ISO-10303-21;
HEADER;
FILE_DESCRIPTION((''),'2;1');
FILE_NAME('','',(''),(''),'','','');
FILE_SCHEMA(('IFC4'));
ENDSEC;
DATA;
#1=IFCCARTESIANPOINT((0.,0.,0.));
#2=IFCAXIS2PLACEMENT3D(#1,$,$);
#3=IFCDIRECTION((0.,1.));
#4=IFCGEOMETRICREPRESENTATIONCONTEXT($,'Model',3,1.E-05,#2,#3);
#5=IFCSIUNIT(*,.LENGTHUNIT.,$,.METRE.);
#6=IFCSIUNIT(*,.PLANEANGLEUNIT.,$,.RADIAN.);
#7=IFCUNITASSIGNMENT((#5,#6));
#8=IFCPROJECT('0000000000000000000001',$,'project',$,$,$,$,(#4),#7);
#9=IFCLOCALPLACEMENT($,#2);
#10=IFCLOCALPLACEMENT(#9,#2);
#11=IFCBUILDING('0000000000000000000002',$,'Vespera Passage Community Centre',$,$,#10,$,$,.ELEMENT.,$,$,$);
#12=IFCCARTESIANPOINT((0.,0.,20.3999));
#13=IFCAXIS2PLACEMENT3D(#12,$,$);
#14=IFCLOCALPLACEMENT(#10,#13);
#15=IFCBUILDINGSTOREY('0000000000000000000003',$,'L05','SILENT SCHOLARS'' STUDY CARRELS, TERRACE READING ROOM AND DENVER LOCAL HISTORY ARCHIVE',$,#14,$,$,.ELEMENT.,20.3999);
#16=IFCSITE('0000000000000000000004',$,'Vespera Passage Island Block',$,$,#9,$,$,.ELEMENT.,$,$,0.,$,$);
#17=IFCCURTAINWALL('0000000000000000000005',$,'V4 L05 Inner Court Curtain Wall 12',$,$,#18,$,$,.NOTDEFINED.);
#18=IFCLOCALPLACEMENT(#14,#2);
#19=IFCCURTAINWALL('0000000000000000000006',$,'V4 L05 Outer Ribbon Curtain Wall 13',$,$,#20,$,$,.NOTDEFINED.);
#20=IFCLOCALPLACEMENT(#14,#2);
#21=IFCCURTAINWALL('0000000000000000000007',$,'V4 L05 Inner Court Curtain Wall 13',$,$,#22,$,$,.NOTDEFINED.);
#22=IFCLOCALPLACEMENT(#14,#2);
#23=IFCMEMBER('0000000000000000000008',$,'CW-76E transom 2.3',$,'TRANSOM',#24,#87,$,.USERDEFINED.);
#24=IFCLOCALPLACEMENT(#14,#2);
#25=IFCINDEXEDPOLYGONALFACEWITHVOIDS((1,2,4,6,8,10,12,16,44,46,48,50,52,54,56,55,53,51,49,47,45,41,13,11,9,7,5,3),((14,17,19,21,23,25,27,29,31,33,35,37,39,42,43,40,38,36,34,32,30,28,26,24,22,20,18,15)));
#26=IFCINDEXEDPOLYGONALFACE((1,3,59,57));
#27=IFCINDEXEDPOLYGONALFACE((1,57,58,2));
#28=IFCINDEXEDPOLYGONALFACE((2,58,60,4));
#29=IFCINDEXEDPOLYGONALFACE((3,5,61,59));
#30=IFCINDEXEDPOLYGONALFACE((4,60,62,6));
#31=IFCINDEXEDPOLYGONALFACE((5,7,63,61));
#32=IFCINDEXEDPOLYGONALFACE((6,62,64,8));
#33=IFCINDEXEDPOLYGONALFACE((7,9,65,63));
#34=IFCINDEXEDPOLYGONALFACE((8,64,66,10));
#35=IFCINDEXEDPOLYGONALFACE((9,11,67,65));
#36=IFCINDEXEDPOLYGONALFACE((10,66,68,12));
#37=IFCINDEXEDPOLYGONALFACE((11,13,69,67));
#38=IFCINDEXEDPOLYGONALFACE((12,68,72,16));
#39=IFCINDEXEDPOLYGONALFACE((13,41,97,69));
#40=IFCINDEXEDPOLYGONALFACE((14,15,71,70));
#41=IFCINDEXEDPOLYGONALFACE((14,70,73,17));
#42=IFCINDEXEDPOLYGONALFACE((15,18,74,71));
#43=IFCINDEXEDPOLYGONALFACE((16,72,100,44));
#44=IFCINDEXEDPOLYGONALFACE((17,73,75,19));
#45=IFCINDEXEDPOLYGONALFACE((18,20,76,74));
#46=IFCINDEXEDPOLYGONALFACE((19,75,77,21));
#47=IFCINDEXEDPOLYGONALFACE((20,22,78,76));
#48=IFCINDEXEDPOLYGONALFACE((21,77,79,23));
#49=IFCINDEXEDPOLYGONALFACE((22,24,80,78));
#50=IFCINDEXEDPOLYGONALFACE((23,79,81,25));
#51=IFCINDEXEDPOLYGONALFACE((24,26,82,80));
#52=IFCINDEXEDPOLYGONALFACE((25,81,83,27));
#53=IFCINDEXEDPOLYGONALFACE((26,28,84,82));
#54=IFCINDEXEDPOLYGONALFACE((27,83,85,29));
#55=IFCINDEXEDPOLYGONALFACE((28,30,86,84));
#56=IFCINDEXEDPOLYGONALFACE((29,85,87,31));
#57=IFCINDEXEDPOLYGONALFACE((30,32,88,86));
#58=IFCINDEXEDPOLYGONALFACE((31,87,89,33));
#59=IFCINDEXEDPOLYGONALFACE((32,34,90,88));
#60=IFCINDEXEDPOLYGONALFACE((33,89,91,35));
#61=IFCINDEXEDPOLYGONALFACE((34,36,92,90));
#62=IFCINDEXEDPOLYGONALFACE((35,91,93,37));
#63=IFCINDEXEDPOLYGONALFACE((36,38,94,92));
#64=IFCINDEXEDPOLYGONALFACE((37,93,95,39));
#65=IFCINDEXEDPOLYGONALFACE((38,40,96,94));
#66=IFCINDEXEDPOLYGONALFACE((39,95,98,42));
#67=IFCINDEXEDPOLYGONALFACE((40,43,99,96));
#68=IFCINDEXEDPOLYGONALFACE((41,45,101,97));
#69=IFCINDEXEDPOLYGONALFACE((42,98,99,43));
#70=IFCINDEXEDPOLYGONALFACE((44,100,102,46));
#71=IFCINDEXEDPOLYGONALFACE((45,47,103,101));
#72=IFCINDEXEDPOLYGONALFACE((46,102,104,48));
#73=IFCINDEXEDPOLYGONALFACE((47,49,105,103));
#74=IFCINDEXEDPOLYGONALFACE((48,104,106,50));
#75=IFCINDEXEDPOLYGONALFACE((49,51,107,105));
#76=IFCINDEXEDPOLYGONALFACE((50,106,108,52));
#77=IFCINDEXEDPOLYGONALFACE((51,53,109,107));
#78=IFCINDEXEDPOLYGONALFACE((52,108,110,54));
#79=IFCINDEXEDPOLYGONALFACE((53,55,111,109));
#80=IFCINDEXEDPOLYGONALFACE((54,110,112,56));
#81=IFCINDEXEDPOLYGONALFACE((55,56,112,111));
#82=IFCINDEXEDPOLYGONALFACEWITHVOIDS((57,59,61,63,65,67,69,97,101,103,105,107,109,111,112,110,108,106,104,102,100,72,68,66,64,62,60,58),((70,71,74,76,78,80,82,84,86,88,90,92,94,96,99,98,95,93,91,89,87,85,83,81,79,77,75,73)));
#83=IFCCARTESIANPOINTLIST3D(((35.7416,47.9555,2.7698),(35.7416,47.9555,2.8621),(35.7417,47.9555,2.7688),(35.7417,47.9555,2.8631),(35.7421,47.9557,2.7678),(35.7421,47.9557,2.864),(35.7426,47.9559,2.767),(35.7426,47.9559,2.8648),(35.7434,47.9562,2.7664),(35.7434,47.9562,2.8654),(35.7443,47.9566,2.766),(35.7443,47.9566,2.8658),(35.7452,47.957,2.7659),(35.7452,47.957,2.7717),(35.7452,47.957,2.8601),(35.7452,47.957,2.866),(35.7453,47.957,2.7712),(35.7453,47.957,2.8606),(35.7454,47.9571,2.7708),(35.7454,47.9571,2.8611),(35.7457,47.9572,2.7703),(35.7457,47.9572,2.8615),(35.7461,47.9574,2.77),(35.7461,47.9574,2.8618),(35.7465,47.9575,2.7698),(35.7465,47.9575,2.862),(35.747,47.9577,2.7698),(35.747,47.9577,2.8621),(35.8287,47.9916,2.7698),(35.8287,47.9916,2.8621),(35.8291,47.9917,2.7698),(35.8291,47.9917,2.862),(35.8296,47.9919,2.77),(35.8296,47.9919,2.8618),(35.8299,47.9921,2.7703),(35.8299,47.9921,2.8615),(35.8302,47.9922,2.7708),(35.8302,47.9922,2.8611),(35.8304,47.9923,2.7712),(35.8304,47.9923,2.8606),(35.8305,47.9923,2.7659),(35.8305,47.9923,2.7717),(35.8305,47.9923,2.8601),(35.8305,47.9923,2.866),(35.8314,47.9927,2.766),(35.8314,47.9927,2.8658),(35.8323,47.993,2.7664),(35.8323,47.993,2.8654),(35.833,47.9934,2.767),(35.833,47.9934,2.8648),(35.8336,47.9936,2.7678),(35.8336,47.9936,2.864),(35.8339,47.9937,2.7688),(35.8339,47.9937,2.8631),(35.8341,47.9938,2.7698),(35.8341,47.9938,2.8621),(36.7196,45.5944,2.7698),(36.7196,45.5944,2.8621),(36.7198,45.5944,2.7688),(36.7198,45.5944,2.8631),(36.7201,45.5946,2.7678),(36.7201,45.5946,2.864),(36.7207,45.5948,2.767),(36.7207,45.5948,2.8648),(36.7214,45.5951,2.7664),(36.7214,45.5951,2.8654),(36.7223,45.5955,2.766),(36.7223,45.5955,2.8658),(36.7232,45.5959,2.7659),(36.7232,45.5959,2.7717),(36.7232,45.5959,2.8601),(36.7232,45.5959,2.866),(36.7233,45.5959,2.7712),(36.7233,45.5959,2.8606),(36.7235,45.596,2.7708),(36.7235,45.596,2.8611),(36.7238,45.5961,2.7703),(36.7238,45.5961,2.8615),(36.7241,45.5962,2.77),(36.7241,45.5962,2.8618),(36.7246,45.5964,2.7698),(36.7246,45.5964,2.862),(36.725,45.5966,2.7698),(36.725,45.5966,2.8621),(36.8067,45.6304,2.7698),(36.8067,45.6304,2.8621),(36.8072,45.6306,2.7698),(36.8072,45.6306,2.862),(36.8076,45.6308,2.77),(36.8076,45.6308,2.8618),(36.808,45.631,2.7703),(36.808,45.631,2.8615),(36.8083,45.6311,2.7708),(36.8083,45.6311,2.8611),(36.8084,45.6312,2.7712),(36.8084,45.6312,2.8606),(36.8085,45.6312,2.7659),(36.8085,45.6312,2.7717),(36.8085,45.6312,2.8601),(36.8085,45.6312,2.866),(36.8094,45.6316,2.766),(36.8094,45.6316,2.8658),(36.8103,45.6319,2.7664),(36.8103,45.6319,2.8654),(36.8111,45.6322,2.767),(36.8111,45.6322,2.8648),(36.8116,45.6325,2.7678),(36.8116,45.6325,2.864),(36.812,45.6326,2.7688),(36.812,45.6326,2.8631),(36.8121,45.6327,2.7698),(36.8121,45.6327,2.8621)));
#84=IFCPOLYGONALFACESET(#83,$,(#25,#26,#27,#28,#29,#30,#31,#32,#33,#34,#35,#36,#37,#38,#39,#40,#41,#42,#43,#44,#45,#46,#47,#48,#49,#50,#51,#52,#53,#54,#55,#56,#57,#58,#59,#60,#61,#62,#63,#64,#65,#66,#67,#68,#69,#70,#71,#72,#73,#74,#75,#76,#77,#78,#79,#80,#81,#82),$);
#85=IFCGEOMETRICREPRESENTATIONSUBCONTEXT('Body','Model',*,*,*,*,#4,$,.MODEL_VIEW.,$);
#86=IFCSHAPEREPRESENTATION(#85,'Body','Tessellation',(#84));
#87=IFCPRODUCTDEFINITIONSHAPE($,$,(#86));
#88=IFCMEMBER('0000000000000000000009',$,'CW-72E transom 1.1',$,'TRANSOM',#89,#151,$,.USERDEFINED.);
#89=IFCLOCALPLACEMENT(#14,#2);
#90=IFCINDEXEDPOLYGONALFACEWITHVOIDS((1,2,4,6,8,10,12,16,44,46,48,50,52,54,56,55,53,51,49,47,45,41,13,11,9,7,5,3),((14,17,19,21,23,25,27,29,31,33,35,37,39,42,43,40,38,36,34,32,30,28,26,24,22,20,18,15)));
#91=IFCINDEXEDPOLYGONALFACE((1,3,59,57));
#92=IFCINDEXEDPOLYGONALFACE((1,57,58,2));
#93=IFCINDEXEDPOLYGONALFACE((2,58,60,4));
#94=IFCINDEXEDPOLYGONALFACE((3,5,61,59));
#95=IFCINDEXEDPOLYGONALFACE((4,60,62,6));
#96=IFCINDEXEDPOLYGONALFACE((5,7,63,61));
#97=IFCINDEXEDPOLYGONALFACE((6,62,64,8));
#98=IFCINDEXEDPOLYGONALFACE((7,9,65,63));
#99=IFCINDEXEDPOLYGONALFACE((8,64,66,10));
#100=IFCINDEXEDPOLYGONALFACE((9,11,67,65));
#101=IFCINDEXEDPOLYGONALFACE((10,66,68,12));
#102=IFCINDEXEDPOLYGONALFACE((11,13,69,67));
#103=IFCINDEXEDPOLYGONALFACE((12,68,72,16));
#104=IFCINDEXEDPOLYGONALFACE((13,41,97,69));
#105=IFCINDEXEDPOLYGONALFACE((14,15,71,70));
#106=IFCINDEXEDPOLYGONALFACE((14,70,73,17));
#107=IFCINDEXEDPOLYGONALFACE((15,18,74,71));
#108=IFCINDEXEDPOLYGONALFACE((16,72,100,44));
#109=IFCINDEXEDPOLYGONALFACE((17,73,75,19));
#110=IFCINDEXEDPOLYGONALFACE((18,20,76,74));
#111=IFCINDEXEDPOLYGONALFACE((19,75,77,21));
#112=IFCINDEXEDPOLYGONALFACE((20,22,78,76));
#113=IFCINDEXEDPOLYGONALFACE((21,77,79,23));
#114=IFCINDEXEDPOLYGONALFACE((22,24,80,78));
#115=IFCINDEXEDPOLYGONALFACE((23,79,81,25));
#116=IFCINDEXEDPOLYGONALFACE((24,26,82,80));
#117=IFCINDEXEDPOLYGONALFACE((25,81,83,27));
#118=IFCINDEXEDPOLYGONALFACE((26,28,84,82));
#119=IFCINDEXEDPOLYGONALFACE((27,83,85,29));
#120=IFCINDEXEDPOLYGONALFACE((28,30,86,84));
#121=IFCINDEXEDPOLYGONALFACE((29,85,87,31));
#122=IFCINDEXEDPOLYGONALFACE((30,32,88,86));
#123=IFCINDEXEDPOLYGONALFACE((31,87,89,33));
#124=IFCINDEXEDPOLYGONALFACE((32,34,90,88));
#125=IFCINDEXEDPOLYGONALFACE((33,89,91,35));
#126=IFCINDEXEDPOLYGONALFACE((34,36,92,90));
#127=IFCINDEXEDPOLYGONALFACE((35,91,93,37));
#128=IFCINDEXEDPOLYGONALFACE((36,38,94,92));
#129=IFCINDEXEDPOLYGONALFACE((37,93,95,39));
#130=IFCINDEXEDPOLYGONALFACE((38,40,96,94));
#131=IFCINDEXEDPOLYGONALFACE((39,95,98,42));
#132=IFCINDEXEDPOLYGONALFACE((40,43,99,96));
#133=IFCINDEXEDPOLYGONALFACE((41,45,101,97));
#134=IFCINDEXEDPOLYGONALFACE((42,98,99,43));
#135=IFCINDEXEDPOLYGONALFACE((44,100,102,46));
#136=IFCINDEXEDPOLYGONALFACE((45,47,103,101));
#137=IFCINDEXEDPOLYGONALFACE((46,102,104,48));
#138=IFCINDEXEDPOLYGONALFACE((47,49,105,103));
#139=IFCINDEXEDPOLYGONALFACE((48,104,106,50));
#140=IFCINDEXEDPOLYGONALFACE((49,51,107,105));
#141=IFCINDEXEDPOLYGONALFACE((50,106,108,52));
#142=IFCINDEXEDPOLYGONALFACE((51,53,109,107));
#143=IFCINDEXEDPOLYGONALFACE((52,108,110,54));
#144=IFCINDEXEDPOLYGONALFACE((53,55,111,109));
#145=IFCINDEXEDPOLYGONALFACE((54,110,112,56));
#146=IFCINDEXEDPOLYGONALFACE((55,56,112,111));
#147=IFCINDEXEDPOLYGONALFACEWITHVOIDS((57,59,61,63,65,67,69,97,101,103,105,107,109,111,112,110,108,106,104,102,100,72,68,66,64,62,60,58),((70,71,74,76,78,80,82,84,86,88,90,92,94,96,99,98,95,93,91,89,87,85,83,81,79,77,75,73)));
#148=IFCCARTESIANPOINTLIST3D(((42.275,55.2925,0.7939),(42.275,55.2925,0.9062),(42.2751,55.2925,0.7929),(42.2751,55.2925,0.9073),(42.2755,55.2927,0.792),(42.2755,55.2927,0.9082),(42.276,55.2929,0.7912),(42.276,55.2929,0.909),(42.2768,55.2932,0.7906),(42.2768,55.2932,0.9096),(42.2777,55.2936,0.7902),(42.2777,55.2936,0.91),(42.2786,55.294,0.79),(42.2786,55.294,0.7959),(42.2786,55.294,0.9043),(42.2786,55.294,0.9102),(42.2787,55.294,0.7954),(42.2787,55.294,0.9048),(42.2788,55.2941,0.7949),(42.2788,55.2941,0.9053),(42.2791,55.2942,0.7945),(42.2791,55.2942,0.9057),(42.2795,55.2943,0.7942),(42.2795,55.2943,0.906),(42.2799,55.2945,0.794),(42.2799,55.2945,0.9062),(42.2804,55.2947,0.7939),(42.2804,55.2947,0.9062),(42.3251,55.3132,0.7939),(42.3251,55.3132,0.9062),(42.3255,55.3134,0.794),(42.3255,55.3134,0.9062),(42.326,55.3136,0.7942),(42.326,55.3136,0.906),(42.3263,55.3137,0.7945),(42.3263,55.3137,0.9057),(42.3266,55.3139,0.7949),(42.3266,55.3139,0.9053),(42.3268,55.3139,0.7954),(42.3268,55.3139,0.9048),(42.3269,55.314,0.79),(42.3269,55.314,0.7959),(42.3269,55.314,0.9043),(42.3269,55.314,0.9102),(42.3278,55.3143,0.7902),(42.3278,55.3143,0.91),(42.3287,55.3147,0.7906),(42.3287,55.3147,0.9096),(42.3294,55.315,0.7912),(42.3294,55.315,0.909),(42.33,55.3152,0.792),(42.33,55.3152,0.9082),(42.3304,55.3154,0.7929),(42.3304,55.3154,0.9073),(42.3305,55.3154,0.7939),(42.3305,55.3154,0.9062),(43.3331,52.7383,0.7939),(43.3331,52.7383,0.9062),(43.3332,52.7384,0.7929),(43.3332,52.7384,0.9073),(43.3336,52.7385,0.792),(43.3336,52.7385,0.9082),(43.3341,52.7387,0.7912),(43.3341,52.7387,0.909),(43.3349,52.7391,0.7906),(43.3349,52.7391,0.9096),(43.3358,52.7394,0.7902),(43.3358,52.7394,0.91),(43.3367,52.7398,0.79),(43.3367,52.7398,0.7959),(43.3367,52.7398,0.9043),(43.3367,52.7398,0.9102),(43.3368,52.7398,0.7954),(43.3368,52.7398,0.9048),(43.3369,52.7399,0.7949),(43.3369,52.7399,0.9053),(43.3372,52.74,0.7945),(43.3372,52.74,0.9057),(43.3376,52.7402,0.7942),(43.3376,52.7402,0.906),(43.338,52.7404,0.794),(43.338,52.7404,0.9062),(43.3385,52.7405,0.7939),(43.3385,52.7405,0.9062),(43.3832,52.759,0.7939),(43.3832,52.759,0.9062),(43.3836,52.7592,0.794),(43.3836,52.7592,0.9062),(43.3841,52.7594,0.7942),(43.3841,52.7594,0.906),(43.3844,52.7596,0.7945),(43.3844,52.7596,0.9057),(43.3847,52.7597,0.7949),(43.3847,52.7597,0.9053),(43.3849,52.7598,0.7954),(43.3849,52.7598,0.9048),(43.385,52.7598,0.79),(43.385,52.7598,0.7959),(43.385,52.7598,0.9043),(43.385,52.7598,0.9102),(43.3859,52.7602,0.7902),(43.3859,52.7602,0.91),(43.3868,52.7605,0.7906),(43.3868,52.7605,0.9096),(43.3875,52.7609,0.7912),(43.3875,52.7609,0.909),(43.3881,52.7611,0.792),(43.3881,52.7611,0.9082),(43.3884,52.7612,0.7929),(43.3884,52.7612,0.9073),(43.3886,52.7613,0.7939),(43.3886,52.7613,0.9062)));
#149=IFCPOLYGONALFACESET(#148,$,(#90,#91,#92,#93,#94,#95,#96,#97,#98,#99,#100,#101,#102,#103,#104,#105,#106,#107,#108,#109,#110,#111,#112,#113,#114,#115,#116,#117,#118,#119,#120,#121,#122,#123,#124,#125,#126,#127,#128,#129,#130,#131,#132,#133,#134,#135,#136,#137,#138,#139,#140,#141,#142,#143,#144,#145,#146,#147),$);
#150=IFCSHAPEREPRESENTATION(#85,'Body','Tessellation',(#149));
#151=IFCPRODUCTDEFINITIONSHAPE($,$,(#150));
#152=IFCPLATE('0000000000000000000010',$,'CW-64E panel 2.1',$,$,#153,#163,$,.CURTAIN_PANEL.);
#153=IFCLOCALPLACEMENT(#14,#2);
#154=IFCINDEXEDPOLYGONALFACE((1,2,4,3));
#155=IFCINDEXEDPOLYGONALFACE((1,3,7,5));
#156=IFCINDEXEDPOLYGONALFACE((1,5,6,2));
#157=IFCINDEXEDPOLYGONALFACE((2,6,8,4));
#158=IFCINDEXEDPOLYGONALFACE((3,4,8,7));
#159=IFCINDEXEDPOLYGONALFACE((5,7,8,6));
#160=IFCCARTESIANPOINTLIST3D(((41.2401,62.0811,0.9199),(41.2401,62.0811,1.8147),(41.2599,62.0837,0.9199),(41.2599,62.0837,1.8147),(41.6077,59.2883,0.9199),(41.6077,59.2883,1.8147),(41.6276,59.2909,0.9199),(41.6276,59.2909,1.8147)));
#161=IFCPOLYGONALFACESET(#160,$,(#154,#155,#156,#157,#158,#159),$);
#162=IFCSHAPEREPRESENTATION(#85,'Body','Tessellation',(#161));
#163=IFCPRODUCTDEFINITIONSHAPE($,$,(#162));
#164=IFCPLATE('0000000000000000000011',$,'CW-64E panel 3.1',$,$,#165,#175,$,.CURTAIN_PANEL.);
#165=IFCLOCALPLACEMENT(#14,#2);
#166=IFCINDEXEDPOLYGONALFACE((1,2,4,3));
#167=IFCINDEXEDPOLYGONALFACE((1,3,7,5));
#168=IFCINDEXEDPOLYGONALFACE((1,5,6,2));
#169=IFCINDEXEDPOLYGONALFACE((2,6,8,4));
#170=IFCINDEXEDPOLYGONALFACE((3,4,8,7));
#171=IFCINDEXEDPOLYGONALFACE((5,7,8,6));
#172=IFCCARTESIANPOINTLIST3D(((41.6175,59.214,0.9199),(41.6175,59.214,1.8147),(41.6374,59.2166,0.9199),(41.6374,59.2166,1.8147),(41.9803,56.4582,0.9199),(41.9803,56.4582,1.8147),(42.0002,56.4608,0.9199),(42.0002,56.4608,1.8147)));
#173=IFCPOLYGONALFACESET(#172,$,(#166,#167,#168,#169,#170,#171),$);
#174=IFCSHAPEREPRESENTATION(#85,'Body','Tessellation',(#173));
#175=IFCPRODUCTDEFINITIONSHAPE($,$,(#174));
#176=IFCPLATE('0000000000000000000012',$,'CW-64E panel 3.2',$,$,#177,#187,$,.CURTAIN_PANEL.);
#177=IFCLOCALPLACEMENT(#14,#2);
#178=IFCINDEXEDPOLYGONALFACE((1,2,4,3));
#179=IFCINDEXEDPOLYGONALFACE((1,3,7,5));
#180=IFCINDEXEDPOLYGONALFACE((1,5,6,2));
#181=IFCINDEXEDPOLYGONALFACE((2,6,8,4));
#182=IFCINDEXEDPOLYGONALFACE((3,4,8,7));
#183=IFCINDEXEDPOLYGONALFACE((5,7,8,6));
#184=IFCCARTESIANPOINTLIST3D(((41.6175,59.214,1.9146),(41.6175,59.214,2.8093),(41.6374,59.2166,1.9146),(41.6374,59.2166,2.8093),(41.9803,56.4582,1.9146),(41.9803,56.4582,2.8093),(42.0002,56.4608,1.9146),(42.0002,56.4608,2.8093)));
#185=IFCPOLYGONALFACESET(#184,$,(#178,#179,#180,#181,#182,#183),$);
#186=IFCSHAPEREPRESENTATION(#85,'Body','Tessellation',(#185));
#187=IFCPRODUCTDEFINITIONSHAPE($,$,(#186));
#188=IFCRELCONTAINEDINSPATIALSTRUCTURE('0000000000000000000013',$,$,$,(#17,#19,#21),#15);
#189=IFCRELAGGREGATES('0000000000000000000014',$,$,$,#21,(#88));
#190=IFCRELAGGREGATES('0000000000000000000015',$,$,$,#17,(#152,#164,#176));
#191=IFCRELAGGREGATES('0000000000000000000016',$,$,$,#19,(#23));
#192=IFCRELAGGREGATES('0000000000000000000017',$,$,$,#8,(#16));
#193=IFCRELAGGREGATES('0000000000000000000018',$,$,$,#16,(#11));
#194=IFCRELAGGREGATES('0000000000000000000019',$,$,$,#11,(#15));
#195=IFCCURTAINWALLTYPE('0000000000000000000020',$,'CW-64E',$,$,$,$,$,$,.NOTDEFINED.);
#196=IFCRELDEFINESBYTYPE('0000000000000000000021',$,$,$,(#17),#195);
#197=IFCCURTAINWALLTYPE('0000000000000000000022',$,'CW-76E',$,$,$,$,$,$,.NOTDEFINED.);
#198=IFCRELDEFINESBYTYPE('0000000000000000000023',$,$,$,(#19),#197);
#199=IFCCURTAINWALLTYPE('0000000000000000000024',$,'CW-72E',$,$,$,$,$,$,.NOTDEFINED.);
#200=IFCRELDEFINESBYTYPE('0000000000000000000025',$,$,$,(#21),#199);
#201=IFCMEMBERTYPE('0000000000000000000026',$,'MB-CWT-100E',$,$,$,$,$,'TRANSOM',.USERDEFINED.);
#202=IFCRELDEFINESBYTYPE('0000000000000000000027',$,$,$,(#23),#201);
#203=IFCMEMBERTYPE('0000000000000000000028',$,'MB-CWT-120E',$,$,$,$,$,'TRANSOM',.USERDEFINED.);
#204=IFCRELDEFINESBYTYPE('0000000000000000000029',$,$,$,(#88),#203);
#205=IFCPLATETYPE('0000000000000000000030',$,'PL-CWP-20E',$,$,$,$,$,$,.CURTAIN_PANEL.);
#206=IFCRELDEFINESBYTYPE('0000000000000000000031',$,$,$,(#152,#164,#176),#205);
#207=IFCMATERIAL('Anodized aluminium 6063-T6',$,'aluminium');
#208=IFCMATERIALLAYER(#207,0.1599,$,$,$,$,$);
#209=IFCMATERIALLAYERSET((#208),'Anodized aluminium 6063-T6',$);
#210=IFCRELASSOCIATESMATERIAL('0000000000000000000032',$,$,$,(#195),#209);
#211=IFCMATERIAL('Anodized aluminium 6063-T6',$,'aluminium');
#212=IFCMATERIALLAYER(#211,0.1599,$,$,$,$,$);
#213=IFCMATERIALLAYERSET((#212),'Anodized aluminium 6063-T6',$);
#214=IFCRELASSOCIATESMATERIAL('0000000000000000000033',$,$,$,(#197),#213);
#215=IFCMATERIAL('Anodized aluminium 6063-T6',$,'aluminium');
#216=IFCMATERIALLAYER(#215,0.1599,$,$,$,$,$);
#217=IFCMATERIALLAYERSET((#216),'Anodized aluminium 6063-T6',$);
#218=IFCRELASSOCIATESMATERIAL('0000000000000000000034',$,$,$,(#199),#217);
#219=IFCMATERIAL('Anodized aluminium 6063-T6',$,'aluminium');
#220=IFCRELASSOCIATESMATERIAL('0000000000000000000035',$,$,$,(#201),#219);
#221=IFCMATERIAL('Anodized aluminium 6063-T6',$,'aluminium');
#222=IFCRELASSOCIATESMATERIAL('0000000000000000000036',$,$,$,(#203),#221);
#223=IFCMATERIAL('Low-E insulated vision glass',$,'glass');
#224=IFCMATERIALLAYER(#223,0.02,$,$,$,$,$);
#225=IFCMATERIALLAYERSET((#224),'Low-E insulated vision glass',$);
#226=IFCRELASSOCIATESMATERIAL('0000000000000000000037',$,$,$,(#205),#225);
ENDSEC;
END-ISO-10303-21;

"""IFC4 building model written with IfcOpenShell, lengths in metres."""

from ifc_helpers import new_model, si_unit, direction, frame, origin, origin_2d, place, context, subcontext, project, spatial, rectangle, hollow_rectangle, extrude, material, layer, layer_set, material_profile, profile_set, type_object, element, aggregate, save


model = new_model("IFC4")

# Units and contexts
model_context = context("Model", 3, precision=1e-05, world=origin(), true_north=direction((0.0, 1.0)))
body_context = subcontext(model_context, "Body", "Model", "MODEL_VIEW")
ifc_project = project(units=[si_unit("LENGTHUNIT", "METRE"), si_unit("PLANEANGLEUNIT", "RADIAN")], contexts=[model_context])

# Site, building, storey
site_placement = place(None, origin())
site = spatial("IfcSite", under=ifc_project, at=site_placement, Name="Vespera Passage Island Block", CompositionType="ELEMENT", RefElevation=0.0)
building_placement = place(site_placement, origin())
building = spatial("IfcBuilding", under=site, at=building_placement, Name="Vespera Passage Community Centre", CompositionType="ELEMENT")
storey_placement = place(building_placement, frame((0.0, 0.0, 20.3999)))
storey = spatial("IfcBuildingStorey", under=building, at=storey_placement, Name="L05", Description="SILENT SCHOLARS' STUDY CARRELS, TERRACE READING ROOM AND DENVER LOCAL HISTORY ARCHIVE", CompositionType="ELEMENT", Elevation=20.3999)

# Curtain walls
ifc_material_1 = material(Name="Anodized aluminium 6063-T6", Category="aluminium")
ifc_layer_1 = layer(ifc_material_1, 0.1599)
ifc_layer_set_1 = layer_set([ifc_layer_1], Name="Anodized aluminium 6063-T6")
curtain_wall_type_1 = type_object("IfcCurtainWallType", Name="CW-64E", PredefinedType="NOTDEFINED", material=ifc_layer_set_1)
curtain_wall_1_placement = place(storey_placement, origin())
curtain_wall_1 = element("IfcCurtainWall", 1, at=curtain_wall_1_placement, inside=storey, type_object=curtain_wall_type_1, Name="V4 L05 Inner Court Curtain Wall 12", PredefinedType="NOTDEFINED")
ifc_material_2 = material(Name="Anodized aluminium 6063-T6", Category="aluminium")
ifc_layer_2 = layer(ifc_material_2, 0.1599)
ifc_layer_set_2 = layer_set([ifc_layer_2], Name="Anodized aluminium 6063-T6")
curtain_wall_type_2 = type_object("IfcCurtainWallType", Name="CW-76E", PredefinedType="NOTDEFINED", material=ifc_layer_set_2)
curtain_wall_2_placement = place(storey_placement, origin())
curtain_wall_2 = element("IfcCurtainWall", 2, at=curtain_wall_2_placement, inside=storey, type_object=curtain_wall_type_2, Name="V4 L05 Outer Ribbon Curtain Wall 13", PredefinedType="NOTDEFINED")

# Curtain wall
ifc_material_3 = material(Name="Anodized aluminium 6063-T6", Category="aluminium")
ifc_layer_3 = layer(ifc_material_3, 0.1599)
ifc_layer_set_3 = layer_set([ifc_layer_3], Name="Anodized aluminium 6063-T6")
curtain_wall_type_3 = type_object("IfcCurtainWallType", Name="CW-72E", PredefinedType="NOTDEFINED", material=ifc_layer_set_3)
curtain_wall_3_placement = place(storey_placement, origin())
curtain_wall_3 = element("IfcCurtainWall", 3, at=curtain_wall_3_placement, inside=storey, type_object=curtain_wall_type_3, Name="V4 L05 Inner Court Curtain Wall 13", PredefinedType="NOTDEFINED")

# Members
ifc_material_4 = material(Name="Anodized aluminium 6063-T6", Category="aluminium")
ifc_material_profile_1 = material_profile(ifc_material_4, hollow_rectangle(XDim=0.1001, YDim=0.1001, WallThickness=0.0039, InnerFilletRadius=0.002, OuterFilletRadius=0.0039, at=origin_2d()), Name="ALU100X100X4")
ifc_profile_set_1 = profile_set([ifc_material_profile_1], Name="Anodized aluminium 6063-T6")
member_type_1 = type_object("IfcMemberType", Name="MB-CWT-100E", ElementType="TRANSOM", PredefinedType="USERDEFINED", material=ifc_profile_set_1)
member_1_placement = place(storey_placement, frame((36.7659, 45.6135, 2.8159), z_axis=(-0.382695, 0.923875, 0.0), x_axis=(-0.923875, -0.382695, 0.0)))
member_1 = element("IfcMember", 4, at=member_1_placement, type_object=member_type_1, Name="CW-76E transom 2.3", ObjectType="TRANSOM", PredefinedType="USERDEFINED", context=body_context, shape_type="SweptSolid", body=[
    extrude(hollow_rectangle(XDim=0.1001, YDim=0.1001, WallThickness=0.0039, InnerFilletRadius=0.002, OuterFilletRadius=0.0039, at=origin_2d()), origin(), (0.0, 0.0, 1.0), 2.5557),
])
ifc_material_5 = material(Name="Anodized aluminium 6063-T6", Category="aluminium")
ifc_material_profile_2 = material_profile(ifc_material_5, hollow_rectangle(XDim=0.0601, YDim=0.1201, WallThickness=0.0039, InnerFilletRadius=0.002, OuterFilletRadius=0.0039, at=origin_2d()), Name="ALU120X60X4")
ifc_profile_set_2 = profile_set([ifc_material_profile_2], Name="Anodized aluminium 6063-T6")
member_type_2 = type_object("IfcMemberType", Name="MB-CWT-120E", ElementType="TRANSOM", PredefinedType="USERDEFINED", material=ifc_profile_set_2)
member_2_placement = place(storey_placement, frame((42.3027, 55.304, 0.8501), z_axis=(0.382721, -0.923864, 0.0), x_axis=(0.923864, 0.382721, 0.0)))
member_2 = element("IfcMember", 5, at=member_2_placement, type_object=member_type_2, Name="CW-72E transom 1.1", ObjectType="TRANSOM", PredefinedType="USERDEFINED", context=body_context, shape_type="SweptSolid", body=[
    extrude(hollow_rectangle(XDim=0.0601, YDim=0.1201, WallThickness=0.0039, InnerFilletRadius=0.002, OuterFilletRadius=0.0039, at=origin_2d()), origin(), (0.0, 0.0, 1.0), 2.7646),
])
aggregate(curtain_wall_3, [member_2])

# Plates
ifc_material_6 = material(Name="Low-E insulated vision glass", Category="glass")
ifc_layer_4 = layer(ifc_material_6, 0.02)
ifc_layer_set_4 = layer_set([ifc_layer_4], Name="Low-E insulated vision glass")
plate_type_1 = type_object("IfcPlateType", Name="PL-CWP-20E", PredefinedType="CURTAIN_PANEL", material=ifc_layer_set_4)
plate_1_placement = place(storey_placement, frame((41.4338, 60.686, 0.9199), z_axis=(0.0, 0.0, 1.0), x_axis=(0.130522, -0.991445, 0.0)))
plate_1 = element("IfcPlate", 6, at=plate_1_placement, type_object=plate_type_1, Name="CW-64E panel 2.1", PredefinedType="CURTAIN_PANEL", context=body_context, shape_type="SweptSolid", body=[
    extrude(rectangle(XDim=2.8169, YDim=0.02, at=origin_2d()), origin(), (0.0, 0.0, 1.0), 0.8948),
])
plate_2_placement = place(storey_placement, frame((41.8088, 57.8374, 0.9199), z_axis=(0.0, 0.0, 1.0), x_axis=(0.130522, -0.991445, 0.0)))
plate_2 = element("IfcPlate", 7, at=plate_2_placement, type_object=plate_type_1, Name="CW-64E panel 3.1", PredefinedType="CURTAIN_PANEL", context=body_context, shape_type="SweptSolid", body=[
    extrude(rectangle(XDim=2.7795, YDim=0.02, at=origin_2d()), origin(), (0.0, 0.0, 1.0), 0.8948),
])
plate_3_placement = place(storey_placement, frame((41.8088, 57.8374, 1.9146), z_axis=(0.0, 0.0, 1.0), x_axis=(0.130522, -0.991445, 0.0)))
plate_3 = element("IfcPlate", 8, at=plate_3_placement, type_object=plate_type_1, Name="CW-64E panel 3.2", PredefinedType="CURTAIN_PANEL", context=body_context, shape_type="SweptSolid", body=[
    extrude(rectangle(XDim=2.7795, YDim=0.02, at=origin_2d()), origin(), (0.0, 0.0, 1.0), 0.8948),
])
aggregate(curtain_wall_1, [plate_1, plate_2, plate_3])
aggregate(curtain_wall_2, [member_1])

save(model, "model.ifc")
